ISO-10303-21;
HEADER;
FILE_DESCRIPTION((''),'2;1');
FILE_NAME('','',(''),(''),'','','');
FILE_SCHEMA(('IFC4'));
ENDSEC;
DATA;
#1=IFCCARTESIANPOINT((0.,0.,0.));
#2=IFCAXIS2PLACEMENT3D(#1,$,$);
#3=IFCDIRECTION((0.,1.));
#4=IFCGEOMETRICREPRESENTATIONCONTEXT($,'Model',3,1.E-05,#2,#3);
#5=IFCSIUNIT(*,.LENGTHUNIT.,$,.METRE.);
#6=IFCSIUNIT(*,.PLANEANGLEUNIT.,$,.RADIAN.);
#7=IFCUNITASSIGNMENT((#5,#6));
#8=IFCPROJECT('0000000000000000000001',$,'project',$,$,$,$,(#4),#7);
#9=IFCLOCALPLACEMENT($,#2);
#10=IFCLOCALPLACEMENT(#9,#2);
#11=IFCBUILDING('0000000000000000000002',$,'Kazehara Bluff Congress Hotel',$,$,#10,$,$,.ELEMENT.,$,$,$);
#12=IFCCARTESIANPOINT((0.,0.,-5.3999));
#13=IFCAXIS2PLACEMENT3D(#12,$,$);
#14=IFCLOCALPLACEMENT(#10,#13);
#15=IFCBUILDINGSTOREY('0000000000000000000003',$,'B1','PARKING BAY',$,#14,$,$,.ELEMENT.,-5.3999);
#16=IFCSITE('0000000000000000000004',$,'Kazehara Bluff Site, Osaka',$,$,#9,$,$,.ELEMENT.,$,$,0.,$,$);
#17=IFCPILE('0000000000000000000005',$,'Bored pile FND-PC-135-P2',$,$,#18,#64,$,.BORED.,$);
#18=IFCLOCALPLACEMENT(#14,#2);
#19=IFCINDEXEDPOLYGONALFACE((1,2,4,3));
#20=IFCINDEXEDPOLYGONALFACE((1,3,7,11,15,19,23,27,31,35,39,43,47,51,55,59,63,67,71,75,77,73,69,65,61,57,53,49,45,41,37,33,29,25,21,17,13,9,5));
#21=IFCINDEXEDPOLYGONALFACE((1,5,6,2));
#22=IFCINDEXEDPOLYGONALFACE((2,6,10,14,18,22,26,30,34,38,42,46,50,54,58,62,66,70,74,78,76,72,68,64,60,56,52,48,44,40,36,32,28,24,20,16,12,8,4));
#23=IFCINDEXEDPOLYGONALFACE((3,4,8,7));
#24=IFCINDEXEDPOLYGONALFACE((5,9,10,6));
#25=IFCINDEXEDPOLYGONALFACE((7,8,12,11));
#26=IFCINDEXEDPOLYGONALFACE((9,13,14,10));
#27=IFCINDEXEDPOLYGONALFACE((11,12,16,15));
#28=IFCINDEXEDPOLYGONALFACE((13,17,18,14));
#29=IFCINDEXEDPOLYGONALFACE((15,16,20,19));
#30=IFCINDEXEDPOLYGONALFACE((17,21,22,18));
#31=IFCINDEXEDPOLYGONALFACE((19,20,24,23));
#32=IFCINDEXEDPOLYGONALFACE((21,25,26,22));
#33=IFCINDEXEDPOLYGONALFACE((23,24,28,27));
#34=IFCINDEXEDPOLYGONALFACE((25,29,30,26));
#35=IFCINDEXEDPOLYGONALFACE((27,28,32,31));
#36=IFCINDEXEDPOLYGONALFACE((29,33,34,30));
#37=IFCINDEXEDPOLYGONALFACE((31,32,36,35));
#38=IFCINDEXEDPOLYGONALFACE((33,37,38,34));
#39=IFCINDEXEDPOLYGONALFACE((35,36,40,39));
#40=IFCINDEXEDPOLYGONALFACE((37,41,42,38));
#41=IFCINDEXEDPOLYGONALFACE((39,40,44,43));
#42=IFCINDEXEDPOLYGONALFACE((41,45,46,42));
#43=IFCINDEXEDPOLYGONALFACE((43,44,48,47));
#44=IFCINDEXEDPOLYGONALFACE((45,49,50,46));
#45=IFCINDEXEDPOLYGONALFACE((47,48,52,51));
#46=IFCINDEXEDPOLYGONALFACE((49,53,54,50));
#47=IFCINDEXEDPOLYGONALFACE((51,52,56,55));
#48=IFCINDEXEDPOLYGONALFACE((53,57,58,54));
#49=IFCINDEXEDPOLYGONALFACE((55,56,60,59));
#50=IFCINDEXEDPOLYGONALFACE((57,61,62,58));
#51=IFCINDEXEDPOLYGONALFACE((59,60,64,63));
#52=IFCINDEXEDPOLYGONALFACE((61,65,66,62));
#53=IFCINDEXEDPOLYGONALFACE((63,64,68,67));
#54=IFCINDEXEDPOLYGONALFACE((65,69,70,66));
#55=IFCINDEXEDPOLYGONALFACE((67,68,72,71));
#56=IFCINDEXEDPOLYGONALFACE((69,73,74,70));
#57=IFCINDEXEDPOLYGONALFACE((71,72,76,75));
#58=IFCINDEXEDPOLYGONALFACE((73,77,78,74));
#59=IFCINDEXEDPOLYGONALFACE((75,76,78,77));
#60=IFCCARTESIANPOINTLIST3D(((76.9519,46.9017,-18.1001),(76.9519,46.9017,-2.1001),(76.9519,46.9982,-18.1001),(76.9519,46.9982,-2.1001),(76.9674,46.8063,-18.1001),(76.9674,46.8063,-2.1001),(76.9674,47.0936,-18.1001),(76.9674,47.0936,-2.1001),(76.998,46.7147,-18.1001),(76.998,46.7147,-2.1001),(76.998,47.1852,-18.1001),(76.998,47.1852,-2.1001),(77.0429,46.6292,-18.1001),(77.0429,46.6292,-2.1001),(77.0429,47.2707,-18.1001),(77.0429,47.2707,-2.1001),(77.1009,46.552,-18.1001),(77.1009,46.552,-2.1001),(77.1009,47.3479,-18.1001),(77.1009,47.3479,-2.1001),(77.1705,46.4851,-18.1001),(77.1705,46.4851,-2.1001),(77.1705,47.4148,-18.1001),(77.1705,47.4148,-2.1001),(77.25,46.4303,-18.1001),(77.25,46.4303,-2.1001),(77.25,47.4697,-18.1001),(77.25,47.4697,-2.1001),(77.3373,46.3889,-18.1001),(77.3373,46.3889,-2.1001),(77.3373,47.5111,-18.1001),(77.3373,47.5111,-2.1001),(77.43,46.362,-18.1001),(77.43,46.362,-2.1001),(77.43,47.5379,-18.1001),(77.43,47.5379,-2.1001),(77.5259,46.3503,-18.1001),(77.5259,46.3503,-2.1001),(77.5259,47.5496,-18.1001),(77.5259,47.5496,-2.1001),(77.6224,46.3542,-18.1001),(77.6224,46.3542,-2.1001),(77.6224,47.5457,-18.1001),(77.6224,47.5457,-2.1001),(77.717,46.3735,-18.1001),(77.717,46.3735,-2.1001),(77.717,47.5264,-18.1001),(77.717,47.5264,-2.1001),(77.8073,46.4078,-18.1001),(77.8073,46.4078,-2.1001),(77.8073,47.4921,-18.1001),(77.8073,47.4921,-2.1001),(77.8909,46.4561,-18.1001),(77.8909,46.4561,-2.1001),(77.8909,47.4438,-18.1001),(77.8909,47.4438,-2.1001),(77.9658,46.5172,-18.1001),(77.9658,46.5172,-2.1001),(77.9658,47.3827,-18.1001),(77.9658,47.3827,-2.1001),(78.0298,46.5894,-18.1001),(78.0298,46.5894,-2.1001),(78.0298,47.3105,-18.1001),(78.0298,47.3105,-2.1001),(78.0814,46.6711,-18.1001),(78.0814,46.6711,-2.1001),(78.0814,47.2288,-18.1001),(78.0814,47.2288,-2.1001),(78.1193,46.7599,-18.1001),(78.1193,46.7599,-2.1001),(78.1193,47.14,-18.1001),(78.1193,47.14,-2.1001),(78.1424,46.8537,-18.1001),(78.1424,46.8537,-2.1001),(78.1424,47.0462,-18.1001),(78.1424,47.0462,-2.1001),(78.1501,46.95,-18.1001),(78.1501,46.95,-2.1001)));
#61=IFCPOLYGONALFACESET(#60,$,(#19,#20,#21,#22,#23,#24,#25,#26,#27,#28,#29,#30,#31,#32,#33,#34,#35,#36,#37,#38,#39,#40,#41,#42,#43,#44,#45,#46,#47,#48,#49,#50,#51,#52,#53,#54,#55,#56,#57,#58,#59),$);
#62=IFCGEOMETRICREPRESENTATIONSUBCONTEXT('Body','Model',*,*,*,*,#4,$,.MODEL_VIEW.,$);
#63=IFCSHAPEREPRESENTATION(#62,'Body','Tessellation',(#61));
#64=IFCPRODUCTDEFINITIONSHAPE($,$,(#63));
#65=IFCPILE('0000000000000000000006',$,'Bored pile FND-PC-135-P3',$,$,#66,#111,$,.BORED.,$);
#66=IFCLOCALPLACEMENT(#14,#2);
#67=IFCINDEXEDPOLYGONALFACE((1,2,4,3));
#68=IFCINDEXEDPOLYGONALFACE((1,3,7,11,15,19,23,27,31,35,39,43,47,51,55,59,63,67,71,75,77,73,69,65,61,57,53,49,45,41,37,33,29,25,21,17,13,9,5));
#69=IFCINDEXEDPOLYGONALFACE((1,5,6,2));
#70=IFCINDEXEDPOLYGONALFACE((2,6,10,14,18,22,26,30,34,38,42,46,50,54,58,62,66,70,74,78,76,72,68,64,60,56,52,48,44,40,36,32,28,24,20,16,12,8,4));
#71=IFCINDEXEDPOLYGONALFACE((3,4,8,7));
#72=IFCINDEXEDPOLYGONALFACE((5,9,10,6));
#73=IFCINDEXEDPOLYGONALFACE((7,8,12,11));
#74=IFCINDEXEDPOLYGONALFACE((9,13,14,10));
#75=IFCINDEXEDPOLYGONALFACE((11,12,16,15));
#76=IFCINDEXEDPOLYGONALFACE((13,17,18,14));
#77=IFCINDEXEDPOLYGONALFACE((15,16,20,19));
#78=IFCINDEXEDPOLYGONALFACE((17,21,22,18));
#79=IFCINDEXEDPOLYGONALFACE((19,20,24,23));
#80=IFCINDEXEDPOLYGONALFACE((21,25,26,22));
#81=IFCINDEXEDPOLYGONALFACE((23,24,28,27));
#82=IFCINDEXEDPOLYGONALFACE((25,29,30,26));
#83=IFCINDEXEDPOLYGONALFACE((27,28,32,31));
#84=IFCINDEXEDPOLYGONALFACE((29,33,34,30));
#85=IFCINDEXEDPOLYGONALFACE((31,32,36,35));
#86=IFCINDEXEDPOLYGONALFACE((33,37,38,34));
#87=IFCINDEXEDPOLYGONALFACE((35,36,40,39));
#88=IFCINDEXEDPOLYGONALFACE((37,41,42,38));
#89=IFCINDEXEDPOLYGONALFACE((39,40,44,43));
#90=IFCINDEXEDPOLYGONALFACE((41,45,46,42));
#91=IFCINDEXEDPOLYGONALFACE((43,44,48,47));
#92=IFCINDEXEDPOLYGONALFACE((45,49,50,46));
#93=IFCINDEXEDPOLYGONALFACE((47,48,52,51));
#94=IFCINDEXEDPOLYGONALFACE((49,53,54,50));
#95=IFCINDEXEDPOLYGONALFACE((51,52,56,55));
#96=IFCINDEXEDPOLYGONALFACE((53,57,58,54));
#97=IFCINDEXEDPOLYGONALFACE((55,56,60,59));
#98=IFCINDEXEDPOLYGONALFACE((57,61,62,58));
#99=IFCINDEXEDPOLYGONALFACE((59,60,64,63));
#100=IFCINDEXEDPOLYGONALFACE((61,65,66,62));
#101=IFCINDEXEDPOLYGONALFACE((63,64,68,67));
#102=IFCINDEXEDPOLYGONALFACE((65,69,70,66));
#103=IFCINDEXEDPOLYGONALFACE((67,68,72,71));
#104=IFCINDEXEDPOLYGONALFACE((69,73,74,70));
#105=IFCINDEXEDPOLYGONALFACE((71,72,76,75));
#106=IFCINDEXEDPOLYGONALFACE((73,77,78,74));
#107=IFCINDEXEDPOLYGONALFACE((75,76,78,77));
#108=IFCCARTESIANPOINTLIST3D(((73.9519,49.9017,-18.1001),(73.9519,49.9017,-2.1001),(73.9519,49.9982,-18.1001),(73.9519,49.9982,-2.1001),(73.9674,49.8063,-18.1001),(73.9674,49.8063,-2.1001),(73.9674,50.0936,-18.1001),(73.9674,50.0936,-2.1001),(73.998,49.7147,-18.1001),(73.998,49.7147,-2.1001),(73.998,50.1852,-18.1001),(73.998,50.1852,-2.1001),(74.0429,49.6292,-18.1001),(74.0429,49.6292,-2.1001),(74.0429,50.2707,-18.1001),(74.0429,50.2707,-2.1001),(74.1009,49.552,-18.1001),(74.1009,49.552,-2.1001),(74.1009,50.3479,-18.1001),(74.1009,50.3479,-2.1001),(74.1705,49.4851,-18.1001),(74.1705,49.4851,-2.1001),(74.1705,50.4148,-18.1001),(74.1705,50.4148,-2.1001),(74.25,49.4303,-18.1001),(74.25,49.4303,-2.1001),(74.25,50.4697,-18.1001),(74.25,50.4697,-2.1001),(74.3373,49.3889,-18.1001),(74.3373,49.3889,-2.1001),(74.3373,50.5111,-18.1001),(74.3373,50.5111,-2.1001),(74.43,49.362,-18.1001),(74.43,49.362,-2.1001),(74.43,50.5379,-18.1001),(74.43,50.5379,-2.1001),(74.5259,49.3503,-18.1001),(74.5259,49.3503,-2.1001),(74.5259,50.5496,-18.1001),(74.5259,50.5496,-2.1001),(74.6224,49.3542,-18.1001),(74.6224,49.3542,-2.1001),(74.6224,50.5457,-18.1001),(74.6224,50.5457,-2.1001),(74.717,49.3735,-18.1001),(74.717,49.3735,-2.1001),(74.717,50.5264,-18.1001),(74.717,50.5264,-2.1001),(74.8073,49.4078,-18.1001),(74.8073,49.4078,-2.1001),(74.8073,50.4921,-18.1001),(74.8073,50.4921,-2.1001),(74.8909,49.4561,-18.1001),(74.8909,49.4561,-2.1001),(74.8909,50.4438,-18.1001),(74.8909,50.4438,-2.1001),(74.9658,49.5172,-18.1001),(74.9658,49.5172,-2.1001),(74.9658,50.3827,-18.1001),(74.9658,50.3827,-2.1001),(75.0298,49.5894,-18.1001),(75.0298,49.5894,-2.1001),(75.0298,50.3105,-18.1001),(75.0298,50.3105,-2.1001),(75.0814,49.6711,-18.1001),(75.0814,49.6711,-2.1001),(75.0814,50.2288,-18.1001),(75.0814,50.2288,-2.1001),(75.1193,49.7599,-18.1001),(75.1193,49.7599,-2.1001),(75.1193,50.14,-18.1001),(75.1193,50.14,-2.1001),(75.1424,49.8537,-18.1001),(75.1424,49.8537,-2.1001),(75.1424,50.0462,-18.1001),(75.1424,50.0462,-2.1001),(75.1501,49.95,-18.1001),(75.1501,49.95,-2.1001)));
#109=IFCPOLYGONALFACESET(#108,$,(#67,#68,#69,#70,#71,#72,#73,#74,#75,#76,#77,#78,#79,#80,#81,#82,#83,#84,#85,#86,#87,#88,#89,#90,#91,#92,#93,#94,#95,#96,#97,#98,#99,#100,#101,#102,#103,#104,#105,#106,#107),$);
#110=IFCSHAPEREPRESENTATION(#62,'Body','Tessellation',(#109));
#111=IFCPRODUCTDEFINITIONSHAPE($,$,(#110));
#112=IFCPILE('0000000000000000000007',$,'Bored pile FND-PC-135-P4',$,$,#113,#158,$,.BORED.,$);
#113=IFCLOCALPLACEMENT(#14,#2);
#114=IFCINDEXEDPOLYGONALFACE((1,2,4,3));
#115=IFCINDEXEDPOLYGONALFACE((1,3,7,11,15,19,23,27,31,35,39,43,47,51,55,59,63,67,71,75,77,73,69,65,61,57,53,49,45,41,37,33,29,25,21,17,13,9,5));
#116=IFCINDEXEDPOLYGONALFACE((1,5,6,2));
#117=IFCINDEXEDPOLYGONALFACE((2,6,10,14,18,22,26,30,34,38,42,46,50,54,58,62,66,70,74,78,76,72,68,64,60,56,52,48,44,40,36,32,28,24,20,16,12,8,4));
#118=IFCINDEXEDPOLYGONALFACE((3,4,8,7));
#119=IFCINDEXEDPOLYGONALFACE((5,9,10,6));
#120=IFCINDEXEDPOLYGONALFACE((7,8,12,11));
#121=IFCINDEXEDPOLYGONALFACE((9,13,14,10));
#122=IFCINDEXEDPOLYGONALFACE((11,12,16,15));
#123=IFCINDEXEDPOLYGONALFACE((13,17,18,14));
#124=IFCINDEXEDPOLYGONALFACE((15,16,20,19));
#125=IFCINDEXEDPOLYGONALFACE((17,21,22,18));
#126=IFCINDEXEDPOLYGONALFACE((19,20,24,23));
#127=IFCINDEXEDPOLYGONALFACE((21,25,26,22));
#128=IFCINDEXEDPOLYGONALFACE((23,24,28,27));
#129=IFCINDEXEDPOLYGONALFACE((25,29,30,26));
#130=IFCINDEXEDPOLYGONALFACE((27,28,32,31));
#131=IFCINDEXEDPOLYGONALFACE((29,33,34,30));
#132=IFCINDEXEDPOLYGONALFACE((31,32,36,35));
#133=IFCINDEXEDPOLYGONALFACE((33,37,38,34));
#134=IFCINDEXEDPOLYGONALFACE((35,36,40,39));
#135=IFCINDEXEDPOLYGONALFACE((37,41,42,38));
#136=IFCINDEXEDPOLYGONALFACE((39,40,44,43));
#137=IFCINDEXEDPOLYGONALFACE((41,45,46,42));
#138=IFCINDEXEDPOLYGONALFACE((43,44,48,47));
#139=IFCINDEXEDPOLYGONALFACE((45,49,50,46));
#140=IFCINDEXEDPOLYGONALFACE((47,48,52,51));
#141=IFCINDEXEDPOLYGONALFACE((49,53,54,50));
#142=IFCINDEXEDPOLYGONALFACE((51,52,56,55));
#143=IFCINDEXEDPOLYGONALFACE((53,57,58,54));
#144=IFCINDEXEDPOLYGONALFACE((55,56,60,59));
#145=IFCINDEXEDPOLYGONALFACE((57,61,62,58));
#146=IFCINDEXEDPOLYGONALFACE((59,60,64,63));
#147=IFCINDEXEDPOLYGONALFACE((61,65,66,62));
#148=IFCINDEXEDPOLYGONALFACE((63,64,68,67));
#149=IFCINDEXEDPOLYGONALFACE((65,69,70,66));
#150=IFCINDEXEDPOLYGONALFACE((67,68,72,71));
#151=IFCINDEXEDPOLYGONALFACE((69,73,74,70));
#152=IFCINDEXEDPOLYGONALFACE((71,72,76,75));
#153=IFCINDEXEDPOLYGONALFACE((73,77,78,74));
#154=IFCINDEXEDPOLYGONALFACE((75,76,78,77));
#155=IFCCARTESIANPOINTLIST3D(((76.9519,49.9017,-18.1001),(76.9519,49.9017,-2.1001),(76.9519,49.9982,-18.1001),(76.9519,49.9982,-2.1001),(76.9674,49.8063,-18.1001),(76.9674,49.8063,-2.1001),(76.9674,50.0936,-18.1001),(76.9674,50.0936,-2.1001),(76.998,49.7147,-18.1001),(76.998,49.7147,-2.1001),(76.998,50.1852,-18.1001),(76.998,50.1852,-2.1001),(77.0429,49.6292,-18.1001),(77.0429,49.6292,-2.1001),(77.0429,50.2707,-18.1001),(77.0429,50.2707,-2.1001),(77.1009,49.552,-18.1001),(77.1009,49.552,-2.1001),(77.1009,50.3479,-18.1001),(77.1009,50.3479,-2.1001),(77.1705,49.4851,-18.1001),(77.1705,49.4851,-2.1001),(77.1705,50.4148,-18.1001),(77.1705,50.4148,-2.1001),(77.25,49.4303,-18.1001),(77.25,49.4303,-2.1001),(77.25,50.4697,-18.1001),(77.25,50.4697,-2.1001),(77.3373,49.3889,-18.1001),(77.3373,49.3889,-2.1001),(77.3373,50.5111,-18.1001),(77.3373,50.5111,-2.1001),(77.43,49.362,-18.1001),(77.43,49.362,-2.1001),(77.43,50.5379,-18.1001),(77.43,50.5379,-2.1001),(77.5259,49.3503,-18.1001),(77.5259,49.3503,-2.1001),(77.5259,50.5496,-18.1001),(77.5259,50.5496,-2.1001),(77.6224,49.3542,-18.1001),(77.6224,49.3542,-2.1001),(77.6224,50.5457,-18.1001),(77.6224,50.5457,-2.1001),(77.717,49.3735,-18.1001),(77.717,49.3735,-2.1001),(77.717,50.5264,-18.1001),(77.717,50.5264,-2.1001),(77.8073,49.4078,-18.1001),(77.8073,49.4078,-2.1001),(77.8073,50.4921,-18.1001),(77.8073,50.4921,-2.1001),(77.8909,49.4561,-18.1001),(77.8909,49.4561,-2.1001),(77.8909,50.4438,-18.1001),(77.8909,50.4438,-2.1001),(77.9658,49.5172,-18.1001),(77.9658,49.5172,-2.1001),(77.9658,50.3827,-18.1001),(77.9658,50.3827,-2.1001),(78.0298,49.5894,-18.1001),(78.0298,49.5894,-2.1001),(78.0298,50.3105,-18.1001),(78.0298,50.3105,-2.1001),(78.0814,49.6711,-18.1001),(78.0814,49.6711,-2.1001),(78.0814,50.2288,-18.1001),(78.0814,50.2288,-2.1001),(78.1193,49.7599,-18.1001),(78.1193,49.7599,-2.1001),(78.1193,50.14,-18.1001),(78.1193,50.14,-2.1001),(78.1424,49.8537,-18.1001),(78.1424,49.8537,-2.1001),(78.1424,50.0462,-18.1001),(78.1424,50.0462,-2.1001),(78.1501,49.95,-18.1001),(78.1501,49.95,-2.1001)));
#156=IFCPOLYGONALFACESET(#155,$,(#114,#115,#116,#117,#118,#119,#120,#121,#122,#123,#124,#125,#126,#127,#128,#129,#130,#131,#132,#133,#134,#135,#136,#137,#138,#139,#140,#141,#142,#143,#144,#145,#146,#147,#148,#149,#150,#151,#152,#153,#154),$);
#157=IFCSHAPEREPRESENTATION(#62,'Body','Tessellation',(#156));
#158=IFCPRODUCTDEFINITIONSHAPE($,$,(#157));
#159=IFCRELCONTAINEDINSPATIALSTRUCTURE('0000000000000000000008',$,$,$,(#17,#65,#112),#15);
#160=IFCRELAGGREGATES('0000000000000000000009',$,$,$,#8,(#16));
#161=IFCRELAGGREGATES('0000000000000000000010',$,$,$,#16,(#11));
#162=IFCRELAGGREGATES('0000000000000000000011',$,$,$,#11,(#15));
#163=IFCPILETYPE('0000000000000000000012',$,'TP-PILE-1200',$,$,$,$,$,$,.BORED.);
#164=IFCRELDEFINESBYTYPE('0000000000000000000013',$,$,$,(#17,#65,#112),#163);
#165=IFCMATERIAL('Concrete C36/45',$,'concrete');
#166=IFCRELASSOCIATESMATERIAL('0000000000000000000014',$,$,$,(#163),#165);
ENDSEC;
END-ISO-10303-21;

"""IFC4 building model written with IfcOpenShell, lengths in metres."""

from ifc_helpers import new_model, si_unit, direction, frame, origin, origin_2d, place, context, subcontext, project, spatial, circle, extrude, material, material_profile, profile_set, type_object, element, save


model = new_model("IFC4")

# Units and contexts
model_context = context("Model", 3, precision=1e-05, world=origin(), true_north=direction((0.0, 1.0)))
body_context = subcontext(model_context, "Body", "Model", "MODEL_VIEW")
ifc_project = project(units=[si_unit("LENGTHUNIT", "METRE"), si_unit("PLANEANGLEUNIT", "RADIAN")], contexts=[model_context])

# Site, building, storey
site_placement = place(None, origin())
site = spatial("IfcSite", under=ifc_project, at=site_placement, Name="Kazehara Bluff Site, Osaka", CompositionType="ELEMENT", RefElevation=0.0)
building_placement = place(site_placement, origin())
building = spatial("IfcBuilding", under=site, at=building_placement, Name="Kazehara Bluff Congress Hotel", CompositionType="ELEMENT")
storey_placement = place(building_placement, frame((0.0, 0.0, -5.3999)))
storey = spatial("IfcBuildingStorey", under=building, at=storey_placement, Name="B1", Description="PARKING BAY", CompositionType="ELEMENT", Elevation=-5.3999)

# Piles
ifc_material_1 = material(Name="Concrete C36/45", Category="concrete")
ifc_material_profile_1 = material_profile(ifc_material_1, circle(Radius=0.6001, at=origin_2d()))
ifc_profile_set_1 = profile_set([ifc_material_profile_1], Name="Concrete C36/45")
pile_type = type_object("IfcPileType", Name="TP-PILE-1200", PredefinedType="BORED", material=ifc_profile_set_1)
for number, where, z_axis, x_axis, name in (
    (1, (77.55, 46.95, -2.1001), (0.0, 0.0, -1.0), (1.0, 0.0, 0.0), "Bored pile FND-PC-135-P2"),
    (2, (74.55, 49.95, -2.1001), (0.0, 0.0, -1.0), (1.0, 0.0, 0.0), "Bored pile FND-PC-135-P3"),
    (3, (77.55, 49.95, -2.1001), (0.0, 0.0, -1.0), (1.0, 0.0, 0.0), "Bored pile FND-PC-135-P4"),
):
    element("IfcPile", number, at=place(storey_placement, frame(where, z_axis=z_axis, x_axis=x_axis)), inside=storey, type_object=pile_type, Name=name, PredefinedType="BORED", context=body_context, shape_type="SweptSolid", body=[
        extrude(circle(Radius=0.6001, at=origin_2d()), origin(), (0.0, 0.0, 1.0), 16.0),
    ])

save(model, "model.ifc")
